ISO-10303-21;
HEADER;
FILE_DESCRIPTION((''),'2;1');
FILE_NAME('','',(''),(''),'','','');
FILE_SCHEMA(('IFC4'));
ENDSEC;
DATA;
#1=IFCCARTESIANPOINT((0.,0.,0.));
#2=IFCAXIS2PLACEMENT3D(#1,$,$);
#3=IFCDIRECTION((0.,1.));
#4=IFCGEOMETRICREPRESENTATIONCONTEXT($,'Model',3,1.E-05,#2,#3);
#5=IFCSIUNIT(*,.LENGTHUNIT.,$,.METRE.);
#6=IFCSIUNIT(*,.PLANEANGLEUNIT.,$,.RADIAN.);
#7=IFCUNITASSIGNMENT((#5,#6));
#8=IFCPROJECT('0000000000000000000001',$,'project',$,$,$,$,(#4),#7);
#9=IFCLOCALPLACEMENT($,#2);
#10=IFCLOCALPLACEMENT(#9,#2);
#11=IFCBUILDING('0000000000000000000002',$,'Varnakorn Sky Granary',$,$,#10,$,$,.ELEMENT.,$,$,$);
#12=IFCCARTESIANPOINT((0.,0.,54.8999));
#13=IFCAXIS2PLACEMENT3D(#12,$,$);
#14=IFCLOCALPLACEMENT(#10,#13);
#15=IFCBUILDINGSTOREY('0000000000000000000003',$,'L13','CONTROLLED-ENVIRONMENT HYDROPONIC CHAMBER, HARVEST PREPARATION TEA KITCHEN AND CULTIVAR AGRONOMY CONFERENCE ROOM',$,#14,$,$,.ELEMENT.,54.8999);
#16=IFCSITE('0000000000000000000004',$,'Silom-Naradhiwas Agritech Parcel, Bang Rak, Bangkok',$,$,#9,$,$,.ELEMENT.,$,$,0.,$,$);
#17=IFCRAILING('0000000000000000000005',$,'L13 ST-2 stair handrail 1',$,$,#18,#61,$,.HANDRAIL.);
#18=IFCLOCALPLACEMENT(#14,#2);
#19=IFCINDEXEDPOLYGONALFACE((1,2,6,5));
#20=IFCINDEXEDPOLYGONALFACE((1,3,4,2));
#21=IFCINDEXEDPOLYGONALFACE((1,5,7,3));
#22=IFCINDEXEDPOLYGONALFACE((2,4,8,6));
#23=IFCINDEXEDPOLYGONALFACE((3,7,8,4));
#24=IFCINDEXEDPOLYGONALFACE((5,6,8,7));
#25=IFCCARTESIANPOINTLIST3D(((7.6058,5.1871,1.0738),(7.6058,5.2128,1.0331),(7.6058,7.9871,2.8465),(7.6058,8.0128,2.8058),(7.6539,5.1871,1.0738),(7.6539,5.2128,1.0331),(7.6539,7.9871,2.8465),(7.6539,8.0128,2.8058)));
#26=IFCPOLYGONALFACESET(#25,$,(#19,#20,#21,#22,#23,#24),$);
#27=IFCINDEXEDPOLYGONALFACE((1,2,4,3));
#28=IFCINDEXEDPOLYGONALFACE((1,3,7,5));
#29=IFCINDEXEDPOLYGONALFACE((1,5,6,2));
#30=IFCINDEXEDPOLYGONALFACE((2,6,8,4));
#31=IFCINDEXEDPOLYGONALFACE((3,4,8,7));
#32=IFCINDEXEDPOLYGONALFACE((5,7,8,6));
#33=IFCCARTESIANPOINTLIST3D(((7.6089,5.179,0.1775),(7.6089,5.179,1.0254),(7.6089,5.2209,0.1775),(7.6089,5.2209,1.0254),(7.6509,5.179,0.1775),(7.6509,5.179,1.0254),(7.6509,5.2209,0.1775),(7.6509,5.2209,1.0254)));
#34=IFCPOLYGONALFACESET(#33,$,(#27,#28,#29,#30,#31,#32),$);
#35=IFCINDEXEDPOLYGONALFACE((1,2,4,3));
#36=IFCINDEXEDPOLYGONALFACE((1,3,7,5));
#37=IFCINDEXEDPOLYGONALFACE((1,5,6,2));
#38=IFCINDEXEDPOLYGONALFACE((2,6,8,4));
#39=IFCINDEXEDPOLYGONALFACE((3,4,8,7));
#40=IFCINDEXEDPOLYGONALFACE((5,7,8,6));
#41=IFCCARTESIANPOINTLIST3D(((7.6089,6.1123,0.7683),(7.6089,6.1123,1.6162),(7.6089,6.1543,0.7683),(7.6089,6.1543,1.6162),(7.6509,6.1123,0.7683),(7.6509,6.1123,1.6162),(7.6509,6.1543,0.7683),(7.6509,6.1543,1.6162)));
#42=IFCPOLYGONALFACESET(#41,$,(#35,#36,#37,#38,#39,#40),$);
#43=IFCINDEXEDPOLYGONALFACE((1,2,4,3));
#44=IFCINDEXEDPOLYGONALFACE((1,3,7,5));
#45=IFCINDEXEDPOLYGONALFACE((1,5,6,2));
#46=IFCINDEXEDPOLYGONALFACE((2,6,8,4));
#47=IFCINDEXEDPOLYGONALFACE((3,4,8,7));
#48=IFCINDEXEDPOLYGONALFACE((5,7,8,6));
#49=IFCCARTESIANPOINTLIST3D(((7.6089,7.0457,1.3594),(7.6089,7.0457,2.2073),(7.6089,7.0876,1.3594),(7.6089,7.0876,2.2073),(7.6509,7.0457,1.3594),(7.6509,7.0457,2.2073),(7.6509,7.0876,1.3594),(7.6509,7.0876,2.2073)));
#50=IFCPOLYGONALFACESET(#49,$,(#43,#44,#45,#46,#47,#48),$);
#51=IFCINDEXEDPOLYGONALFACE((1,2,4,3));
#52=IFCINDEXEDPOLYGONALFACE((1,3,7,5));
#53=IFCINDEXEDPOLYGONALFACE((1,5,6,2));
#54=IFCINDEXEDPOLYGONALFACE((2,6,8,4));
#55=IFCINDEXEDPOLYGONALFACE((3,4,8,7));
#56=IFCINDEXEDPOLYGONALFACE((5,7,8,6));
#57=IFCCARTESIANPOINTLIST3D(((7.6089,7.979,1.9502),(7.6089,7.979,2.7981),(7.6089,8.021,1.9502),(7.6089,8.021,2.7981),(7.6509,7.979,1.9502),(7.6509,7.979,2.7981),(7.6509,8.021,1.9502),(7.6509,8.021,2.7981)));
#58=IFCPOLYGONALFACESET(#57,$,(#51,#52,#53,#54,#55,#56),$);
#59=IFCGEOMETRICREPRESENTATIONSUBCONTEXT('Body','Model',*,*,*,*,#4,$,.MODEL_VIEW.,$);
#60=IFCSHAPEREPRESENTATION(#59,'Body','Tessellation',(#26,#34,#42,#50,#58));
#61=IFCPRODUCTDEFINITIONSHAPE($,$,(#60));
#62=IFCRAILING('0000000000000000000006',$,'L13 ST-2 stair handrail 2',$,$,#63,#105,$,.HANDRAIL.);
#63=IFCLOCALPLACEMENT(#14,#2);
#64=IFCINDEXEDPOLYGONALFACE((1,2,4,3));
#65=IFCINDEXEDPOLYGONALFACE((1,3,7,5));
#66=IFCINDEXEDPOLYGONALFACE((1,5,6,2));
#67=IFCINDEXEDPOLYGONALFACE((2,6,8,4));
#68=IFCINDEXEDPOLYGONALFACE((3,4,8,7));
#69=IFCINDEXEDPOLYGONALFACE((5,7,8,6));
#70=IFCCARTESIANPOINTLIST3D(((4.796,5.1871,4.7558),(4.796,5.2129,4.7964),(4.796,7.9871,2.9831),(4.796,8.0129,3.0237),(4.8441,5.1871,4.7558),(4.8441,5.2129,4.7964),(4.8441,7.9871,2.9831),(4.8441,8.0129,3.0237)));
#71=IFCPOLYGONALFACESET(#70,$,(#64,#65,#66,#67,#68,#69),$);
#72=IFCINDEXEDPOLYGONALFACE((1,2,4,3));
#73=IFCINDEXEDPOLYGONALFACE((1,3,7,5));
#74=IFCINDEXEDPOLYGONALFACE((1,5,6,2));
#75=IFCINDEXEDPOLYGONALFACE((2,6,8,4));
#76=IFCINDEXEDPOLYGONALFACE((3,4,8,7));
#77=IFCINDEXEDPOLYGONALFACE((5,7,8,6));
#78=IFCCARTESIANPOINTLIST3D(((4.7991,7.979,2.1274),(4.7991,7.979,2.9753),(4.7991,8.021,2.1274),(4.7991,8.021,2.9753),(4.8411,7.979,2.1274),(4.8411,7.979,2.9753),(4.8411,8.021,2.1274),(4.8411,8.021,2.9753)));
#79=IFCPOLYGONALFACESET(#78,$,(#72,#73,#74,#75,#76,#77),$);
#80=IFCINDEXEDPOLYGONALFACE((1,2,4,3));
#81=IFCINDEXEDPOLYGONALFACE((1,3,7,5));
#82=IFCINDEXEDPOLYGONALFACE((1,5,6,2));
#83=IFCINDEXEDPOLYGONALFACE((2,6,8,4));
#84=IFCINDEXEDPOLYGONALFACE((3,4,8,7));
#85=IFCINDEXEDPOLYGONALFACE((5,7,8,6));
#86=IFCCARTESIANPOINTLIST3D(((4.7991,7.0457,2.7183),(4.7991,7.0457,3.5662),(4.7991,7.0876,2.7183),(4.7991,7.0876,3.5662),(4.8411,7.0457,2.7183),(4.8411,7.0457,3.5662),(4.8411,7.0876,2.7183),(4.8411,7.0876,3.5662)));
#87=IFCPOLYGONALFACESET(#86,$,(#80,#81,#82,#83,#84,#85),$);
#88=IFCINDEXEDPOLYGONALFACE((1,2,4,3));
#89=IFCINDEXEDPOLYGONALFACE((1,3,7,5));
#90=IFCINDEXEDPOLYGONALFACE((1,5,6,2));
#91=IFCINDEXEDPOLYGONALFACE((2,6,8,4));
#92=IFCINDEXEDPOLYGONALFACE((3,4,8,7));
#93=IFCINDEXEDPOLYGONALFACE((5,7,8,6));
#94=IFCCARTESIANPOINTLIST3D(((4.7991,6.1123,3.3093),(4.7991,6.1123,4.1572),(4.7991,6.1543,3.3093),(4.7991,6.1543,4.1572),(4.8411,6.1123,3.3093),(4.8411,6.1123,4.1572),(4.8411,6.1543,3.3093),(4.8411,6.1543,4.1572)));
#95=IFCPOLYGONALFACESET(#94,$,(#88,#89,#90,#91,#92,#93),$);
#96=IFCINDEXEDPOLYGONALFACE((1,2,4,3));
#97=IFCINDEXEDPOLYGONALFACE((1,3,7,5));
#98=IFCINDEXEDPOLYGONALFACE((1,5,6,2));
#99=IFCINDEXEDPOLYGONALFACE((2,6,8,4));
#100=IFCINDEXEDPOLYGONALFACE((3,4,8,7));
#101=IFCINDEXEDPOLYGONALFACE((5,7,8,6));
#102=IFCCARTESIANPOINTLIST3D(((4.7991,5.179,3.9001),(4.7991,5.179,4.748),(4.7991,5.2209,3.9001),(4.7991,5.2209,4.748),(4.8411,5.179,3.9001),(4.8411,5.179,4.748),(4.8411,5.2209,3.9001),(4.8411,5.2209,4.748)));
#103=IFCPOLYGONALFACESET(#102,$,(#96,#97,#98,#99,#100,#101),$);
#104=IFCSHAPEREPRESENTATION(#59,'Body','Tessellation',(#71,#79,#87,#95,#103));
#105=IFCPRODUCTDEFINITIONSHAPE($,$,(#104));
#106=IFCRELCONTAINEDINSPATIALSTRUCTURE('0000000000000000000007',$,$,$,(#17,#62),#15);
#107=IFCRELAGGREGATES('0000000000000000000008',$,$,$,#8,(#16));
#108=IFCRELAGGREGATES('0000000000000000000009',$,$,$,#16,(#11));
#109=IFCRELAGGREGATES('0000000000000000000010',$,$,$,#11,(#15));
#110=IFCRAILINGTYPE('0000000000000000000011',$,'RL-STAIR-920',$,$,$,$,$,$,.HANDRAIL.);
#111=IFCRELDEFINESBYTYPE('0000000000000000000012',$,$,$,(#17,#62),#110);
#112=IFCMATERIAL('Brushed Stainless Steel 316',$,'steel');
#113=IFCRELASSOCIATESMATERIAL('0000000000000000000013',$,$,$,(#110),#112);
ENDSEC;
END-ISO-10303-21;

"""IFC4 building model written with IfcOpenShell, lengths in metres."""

from ifc_helpers import new_model, si_unit, direction, frame, origin, origin_2d, place, context, subcontext, project, spatial, rectangle, extrude, material, type_object, element, save


model = new_model("IFC4")

# Units and contexts
model_context = context("Model", 3, precision=1e-05, world=origin(), true_north=direction((0.0, 1.0)))
body_context = subcontext(model_context, "Body", "Model", "MODEL_VIEW")
ifc_project = project(units=[si_unit("LENGTHUNIT", "METRE"), si_unit("PLANEANGLEUNIT", "RADIAN")], contexts=[model_context])

# Site, building, storey
site_placement = place(None, origin())
site = spatial("IfcSite", under=ifc_project, at=site_placement, Name="Silom-Naradhiwas Agritech Parcel, Bang Rak, Bangkok", CompositionType="ELEMENT", RefElevation=0.0)
building_placement = place(site_placement, origin())
building = spatial("IfcBuilding", under=site, at=building_placement, Name="Varnakorn Sky Granary", CompositionType="ELEMENT")
storey_placement = place(building_placement, frame((0.0, 0.0, 54.8999)))
storey = spatial("IfcBuildingStorey", under=building, at=storey_placement, Name="L13", Description="CONTROLLED-ENVIRONMENT HYDROPONIC CHAMBER, HARVEST PREPARATION TEA KITCHEN AND CULTIVAR AGRONOMY CONFERENCE ROOM", CompositionType="ELEMENT", Elevation=54.8999)

# Railings
ifc_material_1 = material(Name="Brushed Stainless Steel 316", Category="steel")
railing_type_1 = type_object("IfcRailingType", Name="RL-STAIR-920", PredefinedType="HANDRAIL", material=ifc_material_1)
for number, where, name in (
    (1, (7.6299, 5.2, 0.1775), "L13 ST-2 stair handrail 1"),
):
    element("IfcRailing", number, at=place(storey_placement, frame(where)), inside=storey, type_object=railing_type_1, Name=name, PredefinedType="HANDRAIL", context=body_context, shape_type="SweptSolid", body=[
        extrude(rectangle(XDim=0.0481, YDim=0.0481, at=origin_2d()), frame((0.0, 0.0, 0.876), z_axis=(0.0, 0.844909, 0.53491), x_axis=(-1.0, 0.0, 0.0)), (0.0, 0.0, 1.0), 3.314),
        extrude(rectangle(XDim=0.042, YDim=0.042, at=origin_2d()), origin(), (0.0, 0.0, 1.0), 0.8479),
        extrude(rectangle(XDim=0.042, YDim=0.042, at=origin_2d()), frame((0.0, 0.9333, 0.5908)), (0.0, 0.0, 1.0), 0.8479),
        extrude(rectangle(XDim=0.042, YDim=0.042, at=origin_2d()), frame((0.0, 1.8667, 1.1819)), (0.0, 0.0, 1.0), 0.8479),
        extrude(rectangle(XDim=0.042, YDim=0.042, at=origin_2d()), frame((0.0, 2.8, 1.7727)), (0.0, 0.0, 1.0), 0.8479),
    ])
railing_1_placement = place(storey_placement, frame((4.8201, 8.0, 2.1274)))
element("IfcRailing", 2, at=railing_1_placement, inside=storey, type_object=railing_type_1, Name="L13 ST-2 stair handrail 2", PredefinedType="HANDRAIL", context=body_context, shape_type="SweptSolid", body=[
    extrude(rectangle(XDim=0.0481, YDim=0.0481, at=origin_2d()), frame((0.0, 0.0, 0.876), z_axis=(0.0, -0.844909, 0.53491), x_axis=(1.0, 0.0, 0.0)), (0.0, 0.0, 1.0), 3.314),
    extrude(rectangle(XDim=0.042, YDim=0.042, at=origin_2d()), origin(), (0.0, 0.0, 1.0), 0.8479),
    extrude(rectangle(XDim=0.042, YDim=0.042, at=origin_2d()), frame((0.0, -0.9333, 0.5908)), (0.0, 0.0, 1.0), 0.8479),
    extrude(rectangle(XDim=0.042, YDim=0.042, at=origin_2d()), frame((0.0, -1.8667, 1.1819)), (0.0, 0.0, 1.0), 0.8479),
    extrude(rectangle(XDim=0.042, YDim=0.042, at=origin_2d()), frame((0.0, -2.8, 1.7727)), (0.0, 0.0, 1.0), 0.8479),
])

save(model, "model.ifc")
